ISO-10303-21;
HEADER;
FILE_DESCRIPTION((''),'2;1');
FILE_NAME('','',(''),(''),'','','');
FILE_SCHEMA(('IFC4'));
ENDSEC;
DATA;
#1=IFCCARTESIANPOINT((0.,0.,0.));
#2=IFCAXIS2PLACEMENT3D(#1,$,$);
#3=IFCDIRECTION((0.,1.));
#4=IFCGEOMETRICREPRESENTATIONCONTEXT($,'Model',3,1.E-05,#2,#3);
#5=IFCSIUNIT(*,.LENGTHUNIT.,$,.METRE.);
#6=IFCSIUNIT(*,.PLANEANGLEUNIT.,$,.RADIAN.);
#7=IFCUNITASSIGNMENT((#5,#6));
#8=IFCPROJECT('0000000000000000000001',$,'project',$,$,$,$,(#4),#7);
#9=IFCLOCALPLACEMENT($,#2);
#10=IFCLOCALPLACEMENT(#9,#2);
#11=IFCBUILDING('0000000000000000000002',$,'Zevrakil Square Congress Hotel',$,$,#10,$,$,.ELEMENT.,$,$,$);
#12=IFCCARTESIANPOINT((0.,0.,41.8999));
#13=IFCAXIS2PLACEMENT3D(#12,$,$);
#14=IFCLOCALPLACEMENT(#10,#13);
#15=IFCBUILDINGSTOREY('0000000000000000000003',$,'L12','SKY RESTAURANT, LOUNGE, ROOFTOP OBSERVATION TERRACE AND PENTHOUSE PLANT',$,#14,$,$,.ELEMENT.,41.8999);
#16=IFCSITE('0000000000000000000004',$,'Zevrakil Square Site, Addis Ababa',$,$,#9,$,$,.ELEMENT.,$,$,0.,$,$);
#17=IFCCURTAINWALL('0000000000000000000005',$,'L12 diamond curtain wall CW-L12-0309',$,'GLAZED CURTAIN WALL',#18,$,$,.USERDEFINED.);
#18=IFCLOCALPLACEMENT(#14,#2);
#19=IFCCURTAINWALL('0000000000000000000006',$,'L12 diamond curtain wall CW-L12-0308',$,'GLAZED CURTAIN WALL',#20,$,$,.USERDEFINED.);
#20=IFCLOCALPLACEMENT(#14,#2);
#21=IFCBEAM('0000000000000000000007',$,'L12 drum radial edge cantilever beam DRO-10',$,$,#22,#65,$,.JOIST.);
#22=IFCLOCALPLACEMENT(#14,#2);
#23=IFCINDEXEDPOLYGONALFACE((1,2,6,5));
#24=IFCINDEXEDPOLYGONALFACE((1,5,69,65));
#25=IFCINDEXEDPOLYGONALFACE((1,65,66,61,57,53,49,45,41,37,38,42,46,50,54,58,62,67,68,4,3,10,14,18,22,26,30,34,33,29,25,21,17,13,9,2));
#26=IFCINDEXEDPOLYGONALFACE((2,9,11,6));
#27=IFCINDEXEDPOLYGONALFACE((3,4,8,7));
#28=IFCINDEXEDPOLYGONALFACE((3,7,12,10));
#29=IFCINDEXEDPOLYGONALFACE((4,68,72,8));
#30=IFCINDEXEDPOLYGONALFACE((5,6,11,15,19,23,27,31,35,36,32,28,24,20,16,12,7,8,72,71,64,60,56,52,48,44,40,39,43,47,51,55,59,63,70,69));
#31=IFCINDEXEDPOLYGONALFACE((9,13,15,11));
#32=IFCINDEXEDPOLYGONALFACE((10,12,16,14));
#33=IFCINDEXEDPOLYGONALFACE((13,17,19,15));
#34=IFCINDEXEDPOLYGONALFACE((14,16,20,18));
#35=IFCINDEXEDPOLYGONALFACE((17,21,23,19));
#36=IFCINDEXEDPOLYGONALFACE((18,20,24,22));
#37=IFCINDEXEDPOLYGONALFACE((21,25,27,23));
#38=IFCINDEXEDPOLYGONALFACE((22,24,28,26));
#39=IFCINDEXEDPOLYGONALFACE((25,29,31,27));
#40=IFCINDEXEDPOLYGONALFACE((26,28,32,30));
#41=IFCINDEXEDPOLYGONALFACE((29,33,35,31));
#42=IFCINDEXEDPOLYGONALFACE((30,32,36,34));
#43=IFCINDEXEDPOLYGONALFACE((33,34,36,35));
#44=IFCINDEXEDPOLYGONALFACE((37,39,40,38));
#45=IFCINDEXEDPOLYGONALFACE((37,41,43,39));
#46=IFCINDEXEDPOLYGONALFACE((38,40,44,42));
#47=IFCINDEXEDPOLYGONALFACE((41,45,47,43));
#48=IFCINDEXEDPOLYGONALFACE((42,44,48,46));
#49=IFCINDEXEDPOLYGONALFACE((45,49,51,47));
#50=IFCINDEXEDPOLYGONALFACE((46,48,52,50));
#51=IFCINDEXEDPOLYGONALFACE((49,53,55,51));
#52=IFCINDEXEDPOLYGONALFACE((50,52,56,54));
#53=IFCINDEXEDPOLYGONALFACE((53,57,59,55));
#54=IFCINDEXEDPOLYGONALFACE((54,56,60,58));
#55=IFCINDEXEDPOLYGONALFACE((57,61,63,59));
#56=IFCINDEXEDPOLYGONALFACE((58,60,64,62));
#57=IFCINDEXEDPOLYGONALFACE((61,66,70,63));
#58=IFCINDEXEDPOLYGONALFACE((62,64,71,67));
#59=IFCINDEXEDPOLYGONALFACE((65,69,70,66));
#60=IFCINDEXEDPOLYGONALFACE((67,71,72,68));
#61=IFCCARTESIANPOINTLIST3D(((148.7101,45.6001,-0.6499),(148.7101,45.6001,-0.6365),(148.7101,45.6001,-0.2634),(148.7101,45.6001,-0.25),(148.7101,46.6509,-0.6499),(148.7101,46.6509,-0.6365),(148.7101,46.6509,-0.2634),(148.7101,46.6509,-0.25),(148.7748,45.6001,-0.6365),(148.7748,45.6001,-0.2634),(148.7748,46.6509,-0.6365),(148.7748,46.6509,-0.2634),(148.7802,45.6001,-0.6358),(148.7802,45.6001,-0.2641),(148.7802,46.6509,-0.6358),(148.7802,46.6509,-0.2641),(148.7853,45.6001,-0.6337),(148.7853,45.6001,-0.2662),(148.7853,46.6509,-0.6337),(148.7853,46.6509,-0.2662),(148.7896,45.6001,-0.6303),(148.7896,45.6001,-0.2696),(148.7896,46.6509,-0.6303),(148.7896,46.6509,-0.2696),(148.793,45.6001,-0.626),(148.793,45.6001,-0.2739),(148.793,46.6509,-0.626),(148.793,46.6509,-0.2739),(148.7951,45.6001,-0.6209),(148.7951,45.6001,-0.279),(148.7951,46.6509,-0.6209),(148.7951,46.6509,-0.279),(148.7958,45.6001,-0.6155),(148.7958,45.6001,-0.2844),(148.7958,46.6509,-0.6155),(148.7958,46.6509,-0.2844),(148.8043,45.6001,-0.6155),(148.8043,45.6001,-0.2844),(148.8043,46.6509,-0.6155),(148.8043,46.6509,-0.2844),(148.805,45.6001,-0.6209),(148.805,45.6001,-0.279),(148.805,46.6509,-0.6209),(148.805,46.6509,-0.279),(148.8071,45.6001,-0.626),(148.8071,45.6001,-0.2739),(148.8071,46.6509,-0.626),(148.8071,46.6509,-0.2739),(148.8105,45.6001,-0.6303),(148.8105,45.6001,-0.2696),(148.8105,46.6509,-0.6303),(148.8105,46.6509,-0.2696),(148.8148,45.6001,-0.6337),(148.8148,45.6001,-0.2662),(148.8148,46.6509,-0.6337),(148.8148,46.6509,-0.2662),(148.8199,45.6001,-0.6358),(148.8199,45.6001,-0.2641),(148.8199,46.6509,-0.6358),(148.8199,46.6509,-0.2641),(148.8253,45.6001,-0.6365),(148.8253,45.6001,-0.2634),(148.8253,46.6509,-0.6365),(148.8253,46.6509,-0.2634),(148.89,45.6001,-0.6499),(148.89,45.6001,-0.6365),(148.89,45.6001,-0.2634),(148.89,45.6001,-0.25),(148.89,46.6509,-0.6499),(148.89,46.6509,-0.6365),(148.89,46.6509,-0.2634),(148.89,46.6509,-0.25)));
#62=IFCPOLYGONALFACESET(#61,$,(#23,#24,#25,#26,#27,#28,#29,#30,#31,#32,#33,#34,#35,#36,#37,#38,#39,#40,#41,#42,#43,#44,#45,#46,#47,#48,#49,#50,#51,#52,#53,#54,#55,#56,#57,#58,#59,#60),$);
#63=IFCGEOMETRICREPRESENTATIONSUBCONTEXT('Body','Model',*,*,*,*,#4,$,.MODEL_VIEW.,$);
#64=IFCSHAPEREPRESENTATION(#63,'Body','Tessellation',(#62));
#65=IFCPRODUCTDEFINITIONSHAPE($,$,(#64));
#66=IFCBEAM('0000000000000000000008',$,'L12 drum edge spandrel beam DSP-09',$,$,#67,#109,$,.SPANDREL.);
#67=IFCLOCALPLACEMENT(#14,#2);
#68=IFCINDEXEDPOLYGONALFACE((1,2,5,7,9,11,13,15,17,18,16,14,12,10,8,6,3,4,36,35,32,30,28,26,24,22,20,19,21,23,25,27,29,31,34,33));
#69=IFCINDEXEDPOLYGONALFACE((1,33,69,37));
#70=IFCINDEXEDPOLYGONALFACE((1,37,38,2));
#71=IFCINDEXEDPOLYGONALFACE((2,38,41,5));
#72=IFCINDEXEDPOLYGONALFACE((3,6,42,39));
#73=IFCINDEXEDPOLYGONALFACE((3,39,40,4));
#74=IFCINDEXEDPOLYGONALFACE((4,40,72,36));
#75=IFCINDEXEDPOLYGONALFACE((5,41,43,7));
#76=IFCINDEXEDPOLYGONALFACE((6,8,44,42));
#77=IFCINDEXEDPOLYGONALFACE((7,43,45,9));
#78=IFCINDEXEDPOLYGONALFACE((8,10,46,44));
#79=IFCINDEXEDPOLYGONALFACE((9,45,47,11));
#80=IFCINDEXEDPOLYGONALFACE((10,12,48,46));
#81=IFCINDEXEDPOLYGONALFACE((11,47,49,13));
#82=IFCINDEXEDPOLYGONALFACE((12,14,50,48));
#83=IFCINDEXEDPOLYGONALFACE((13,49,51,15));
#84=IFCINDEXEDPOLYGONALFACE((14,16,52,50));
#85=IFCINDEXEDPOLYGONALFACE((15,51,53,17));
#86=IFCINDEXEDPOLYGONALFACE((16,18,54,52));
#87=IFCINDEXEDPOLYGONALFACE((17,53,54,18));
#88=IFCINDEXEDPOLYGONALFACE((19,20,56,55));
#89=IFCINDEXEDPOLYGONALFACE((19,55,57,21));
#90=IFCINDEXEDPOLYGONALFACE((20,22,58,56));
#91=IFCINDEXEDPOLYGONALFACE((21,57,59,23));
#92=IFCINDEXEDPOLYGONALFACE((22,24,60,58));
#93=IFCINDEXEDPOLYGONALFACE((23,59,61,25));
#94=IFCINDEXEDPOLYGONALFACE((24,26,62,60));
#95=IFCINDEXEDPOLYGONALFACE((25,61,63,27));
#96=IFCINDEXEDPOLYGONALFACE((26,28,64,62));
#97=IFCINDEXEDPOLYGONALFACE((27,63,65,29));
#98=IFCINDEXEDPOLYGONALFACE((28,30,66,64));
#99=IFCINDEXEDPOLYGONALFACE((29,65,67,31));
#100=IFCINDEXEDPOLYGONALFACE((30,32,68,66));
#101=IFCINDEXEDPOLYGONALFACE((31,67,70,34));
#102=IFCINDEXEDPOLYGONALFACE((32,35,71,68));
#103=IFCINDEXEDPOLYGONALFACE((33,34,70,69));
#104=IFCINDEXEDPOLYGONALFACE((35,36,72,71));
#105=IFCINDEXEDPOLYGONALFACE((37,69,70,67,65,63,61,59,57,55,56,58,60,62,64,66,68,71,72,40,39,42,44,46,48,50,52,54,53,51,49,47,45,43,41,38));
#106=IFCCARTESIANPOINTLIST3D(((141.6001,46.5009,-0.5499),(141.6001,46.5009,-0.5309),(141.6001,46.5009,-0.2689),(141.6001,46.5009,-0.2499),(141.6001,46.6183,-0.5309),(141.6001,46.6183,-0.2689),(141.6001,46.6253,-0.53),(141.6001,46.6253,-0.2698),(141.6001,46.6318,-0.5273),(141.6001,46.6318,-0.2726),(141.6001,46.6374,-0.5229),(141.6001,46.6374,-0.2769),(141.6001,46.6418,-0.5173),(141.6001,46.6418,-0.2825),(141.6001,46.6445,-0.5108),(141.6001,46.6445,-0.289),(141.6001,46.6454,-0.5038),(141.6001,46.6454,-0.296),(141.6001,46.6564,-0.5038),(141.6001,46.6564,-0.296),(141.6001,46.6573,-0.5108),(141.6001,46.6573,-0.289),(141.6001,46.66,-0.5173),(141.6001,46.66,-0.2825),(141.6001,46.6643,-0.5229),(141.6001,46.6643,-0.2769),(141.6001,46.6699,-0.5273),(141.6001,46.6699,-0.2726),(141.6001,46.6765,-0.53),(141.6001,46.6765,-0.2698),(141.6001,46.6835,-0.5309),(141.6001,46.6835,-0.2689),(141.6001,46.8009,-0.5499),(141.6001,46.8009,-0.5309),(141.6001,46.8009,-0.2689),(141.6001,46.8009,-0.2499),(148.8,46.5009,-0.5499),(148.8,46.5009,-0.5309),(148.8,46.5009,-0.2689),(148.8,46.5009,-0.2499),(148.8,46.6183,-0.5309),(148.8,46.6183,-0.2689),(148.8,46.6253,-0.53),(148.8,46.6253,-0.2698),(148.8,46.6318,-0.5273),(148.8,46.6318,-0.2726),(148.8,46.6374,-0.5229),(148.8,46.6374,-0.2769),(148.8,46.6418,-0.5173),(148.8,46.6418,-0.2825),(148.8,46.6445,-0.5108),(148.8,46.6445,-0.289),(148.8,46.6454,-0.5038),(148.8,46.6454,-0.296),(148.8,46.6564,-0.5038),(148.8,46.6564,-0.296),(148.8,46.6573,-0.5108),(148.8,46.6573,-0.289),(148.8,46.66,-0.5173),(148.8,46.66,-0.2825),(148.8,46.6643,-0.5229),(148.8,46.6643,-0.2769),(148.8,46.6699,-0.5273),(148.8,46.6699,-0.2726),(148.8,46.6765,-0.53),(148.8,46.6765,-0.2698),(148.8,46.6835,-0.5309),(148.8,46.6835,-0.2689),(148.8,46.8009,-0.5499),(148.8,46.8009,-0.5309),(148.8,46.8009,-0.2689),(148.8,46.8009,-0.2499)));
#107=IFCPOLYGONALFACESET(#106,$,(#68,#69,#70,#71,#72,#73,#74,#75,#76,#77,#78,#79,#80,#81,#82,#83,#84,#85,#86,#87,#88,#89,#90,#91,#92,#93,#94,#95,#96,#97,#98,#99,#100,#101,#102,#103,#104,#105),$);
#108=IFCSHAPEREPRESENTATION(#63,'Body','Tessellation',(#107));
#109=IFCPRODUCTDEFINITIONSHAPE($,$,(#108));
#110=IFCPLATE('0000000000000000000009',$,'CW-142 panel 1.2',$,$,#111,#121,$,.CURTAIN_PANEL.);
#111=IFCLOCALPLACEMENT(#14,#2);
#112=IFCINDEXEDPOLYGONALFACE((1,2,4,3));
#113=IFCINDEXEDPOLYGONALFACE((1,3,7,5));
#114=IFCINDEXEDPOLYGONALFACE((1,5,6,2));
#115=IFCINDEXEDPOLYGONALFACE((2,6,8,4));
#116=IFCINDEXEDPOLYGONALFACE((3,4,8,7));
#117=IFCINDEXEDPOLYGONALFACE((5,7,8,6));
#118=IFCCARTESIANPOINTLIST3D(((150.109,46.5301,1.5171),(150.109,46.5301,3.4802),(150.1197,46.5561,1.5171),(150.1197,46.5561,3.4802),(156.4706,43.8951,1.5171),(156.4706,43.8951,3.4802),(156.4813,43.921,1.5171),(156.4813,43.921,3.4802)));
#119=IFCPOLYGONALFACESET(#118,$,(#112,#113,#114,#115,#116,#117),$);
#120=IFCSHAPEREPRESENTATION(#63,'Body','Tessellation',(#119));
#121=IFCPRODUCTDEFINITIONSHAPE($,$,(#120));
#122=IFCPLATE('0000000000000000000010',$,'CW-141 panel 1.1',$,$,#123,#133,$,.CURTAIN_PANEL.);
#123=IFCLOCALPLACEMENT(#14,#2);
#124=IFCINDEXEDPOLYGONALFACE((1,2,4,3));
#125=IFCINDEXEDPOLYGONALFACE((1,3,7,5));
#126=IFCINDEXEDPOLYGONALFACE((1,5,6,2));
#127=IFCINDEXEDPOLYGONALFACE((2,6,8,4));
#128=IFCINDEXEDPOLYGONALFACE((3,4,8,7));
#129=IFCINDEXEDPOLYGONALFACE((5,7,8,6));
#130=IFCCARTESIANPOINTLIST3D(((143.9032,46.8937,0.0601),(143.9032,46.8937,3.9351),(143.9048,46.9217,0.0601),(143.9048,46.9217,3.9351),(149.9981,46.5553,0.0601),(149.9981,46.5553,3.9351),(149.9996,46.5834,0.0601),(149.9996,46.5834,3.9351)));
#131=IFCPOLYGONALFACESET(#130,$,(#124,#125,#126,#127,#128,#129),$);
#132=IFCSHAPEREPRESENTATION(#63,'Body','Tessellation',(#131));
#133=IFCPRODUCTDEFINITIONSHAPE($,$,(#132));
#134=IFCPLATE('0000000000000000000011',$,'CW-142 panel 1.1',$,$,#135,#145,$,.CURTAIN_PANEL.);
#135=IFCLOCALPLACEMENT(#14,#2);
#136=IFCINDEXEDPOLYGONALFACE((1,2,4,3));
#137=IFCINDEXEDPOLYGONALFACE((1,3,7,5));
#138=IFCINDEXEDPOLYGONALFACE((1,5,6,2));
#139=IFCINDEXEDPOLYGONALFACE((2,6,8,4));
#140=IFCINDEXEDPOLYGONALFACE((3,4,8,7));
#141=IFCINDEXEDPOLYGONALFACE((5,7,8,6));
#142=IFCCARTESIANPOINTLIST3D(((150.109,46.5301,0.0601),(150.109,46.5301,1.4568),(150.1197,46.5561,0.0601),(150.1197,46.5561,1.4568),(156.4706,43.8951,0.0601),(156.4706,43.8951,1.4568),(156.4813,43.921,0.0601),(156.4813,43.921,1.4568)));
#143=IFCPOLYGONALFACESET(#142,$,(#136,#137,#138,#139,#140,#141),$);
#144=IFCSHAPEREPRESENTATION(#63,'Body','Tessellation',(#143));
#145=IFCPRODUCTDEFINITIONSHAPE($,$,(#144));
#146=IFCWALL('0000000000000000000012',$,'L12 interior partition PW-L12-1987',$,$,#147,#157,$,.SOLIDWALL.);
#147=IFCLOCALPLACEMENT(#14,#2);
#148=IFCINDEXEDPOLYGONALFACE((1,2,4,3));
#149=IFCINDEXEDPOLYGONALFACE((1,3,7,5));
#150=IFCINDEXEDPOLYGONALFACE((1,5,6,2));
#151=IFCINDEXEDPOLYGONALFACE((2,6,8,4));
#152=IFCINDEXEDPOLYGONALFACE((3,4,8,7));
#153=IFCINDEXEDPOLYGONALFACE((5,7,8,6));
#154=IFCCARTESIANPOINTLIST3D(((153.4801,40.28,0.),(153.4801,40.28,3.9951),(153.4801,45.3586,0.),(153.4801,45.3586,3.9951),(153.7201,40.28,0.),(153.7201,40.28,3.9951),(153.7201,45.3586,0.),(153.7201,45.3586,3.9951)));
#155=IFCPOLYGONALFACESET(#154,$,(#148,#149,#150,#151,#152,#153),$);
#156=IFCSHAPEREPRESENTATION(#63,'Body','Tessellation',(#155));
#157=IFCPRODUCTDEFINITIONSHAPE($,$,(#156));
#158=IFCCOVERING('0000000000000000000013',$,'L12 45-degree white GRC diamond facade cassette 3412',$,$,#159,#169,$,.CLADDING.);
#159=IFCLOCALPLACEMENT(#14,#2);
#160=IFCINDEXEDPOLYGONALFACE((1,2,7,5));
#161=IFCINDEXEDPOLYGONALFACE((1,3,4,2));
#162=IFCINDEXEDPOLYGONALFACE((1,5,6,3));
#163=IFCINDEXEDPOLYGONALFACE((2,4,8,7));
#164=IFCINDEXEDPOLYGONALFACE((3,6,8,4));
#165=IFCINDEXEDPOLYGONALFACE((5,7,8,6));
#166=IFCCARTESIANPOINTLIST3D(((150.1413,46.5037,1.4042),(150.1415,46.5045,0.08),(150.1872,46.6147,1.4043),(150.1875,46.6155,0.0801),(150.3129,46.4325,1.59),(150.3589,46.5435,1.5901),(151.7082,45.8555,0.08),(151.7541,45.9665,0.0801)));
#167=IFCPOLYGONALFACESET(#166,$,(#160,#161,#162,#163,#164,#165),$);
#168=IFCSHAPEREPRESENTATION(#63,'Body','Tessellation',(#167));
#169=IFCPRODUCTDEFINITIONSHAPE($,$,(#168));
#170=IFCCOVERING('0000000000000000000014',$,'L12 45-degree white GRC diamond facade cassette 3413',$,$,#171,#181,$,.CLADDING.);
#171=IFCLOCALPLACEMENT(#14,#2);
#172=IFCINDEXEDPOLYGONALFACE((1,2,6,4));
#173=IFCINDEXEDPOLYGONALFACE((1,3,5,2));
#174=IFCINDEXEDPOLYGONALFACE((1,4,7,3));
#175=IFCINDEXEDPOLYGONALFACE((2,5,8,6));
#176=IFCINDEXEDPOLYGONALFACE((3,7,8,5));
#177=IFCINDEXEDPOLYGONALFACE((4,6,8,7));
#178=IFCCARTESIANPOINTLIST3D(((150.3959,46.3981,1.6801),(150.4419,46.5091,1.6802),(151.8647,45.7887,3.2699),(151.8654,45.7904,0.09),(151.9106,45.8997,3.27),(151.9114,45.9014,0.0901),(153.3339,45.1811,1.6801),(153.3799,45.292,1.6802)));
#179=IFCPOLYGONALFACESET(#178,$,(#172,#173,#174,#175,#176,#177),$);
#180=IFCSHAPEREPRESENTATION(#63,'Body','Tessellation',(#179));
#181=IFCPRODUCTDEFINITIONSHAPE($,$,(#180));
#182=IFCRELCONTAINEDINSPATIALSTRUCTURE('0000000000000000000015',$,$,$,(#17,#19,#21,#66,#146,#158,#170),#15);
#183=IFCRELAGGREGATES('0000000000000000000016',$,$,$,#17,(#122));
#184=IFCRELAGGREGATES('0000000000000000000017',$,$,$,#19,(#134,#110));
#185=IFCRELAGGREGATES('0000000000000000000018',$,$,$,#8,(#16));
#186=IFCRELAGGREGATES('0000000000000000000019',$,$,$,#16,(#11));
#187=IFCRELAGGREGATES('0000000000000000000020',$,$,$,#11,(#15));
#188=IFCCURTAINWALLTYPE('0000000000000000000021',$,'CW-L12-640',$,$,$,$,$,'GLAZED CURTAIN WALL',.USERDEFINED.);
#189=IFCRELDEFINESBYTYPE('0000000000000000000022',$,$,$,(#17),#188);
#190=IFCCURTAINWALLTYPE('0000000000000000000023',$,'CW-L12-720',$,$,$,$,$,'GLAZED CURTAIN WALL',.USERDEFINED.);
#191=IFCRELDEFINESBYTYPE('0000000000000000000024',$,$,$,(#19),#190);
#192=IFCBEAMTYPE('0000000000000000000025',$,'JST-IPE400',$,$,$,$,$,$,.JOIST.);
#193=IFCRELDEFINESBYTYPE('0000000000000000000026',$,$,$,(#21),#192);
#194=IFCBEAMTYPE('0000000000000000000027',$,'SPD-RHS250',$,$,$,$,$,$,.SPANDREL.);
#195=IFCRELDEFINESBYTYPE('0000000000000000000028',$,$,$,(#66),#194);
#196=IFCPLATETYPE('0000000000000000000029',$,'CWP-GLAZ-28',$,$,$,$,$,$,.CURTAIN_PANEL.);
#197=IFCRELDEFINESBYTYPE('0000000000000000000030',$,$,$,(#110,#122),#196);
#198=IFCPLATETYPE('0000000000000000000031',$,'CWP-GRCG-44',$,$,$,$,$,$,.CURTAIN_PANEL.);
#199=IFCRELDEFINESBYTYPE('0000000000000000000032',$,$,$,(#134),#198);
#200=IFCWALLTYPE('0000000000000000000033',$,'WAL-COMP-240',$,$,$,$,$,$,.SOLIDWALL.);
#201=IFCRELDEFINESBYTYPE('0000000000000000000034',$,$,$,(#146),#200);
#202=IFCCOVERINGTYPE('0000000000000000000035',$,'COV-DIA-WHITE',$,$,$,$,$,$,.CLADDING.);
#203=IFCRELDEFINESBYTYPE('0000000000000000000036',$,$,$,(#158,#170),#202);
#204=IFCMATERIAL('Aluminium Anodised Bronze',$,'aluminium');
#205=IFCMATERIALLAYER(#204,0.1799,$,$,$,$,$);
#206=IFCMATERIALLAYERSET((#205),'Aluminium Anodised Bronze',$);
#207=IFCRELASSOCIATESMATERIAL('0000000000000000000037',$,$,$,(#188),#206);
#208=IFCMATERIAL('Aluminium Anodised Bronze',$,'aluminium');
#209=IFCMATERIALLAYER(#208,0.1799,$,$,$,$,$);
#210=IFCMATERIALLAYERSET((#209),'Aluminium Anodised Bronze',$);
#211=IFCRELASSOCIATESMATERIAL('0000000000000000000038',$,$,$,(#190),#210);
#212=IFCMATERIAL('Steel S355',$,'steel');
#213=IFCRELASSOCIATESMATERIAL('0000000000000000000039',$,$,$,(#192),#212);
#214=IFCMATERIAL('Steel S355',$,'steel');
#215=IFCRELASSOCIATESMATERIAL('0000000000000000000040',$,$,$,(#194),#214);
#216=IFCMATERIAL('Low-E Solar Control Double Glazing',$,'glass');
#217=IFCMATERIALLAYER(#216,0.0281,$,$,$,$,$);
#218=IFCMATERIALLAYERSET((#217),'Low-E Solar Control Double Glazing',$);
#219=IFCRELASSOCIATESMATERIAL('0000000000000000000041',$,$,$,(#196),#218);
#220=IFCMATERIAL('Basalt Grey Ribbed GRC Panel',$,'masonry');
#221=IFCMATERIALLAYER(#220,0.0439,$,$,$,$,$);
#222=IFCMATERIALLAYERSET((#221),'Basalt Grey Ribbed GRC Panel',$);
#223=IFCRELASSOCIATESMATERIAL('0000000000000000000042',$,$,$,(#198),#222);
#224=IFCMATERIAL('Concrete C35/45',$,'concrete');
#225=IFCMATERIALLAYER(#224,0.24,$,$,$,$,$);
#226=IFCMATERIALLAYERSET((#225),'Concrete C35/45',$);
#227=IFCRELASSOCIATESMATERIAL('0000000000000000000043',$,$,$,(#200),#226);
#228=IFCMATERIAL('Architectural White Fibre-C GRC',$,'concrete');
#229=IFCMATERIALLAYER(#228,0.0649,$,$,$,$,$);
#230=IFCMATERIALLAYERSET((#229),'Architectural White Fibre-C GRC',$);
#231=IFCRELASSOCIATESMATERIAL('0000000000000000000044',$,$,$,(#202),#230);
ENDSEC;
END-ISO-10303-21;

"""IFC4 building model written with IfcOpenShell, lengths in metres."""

from ifc_helpers import new_model, si_unit, direction, frame, frame_2d, origin, origin_2d, place, context, subcontext, project, spatial, polyline, rectangle, i_section, outline, extrude, material, layer, layer_set, material_profile, profile_set, type_object, element, aggregate, save


model = new_model("IFC4")

# Units and contexts
model_context = context("Model", 3, precision=1e-05, world=origin(), true_north=direction((0.0, 1.0)))
body_context = subcontext(model_context, "Body", "Model", "MODEL_VIEW")
ifc_project = project(units=[si_unit("LENGTHUNIT", "METRE"), si_unit("PLANEANGLEUNIT", "RADIAN")], contexts=[model_context])

# Site, building, storey
site_placement = place(None, origin())
site = spatial("IfcSite", under=ifc_project, at=site_placement, Name="Zevrakil Square Site, Addis Ababa", CompositionType="ELEMENT", RefElevation=0.0)
building_placement = place(site_placement, origin())
building = spatial("IfcBuilding", under=site, at=building_placement, Name="Zevrakil Square Congress Hotel", CompositionType="ELEMENT")
storey_placement = place(building_placement, frame((0.0, 0.0, 41.8999)))
storey = spatial("IfcBuildingStorey", under=building, at=storey_placement, Name="L12", Description="SKY RESTAURANT, LOUNGE, ROOFTOP OBSERVATION TERRACE AND PENTHOUSE PLANT", CompositionType="ELEMENT", Elevation=41.8999)

# Curtain wall
ifc_material_1 = material(Name="Aluminium Anodised Bronze", Category="aluminium")
ifc_layer_1 = layer(ifc_material_1, 0.1799)
ifc_layer_set_1 = layer_set([ifc_layer_1], Name="Aluminium Anodised Bronze")
curtain_wall_type_1 = type_object("IfcCurtainWallType", Name="CW-L12-640", ElementType="GLAZED CURTAIN WALL", PredefinedType="USERDEFINED", material=ifc_layer_set_1)
curtain_wall_1_placement = place(storey_placement, origin())
curtain_wall_1 = element("IfcCurtainWall", 1, at=curtain_wall_1_placement, inside=storey, type_object=curtain_wall_type_1, Name="L12 diamond curtain wall CW-L12-0309", ObjectType="GLAZED CURTAIN WALL", PredefinedType="USERDEFINED")

# Curtain wall
ifc_material_2 = material(Name="Aluminium Anodised Bronze", Category="aluminium")
ifc_layer_2 = layer(ifc_material_2, 0.1799)
ifc_layer_set_2 = layer_set([ifc_layer_2], Name="Aluminium Anodised Bronze")
curtain_wall_type_2 = type_object("IfcCurtainWallType", Name="CW-L12-720", ElementType="GLAZED CURTAIN WALL", PredefinedType="USERDEFINED", material=ifc_layer_set_2)
curtain_wall_2_placement = place(storey_placement, origin())
curtain_wall_2 = element("IfcCurtainWall", 2, at=curtain_wall_2_placement, inside=storey, type_object=curtain_wall_type_2, Name="L12 diamond curtain wall CW-L12-0308", ObjectType="GLAZED CURTAIN WALL", PredefinedType="USERDEFINED")

# Beams
ifc_material_3 = material(Name="Steel S355", Category="steel")
ifc_material_profile_1 = material_profile(ifc_material_3, i_section(OverallWidth=0.1799, OverallDepth=0.3999, WebThickness=0.0085, FlangeThickness=0.0134, FilletRadius=0.021, at=origin_2d()), Name="IPE 400")
ifc_profile_set_1 = profile_set([ifc_material_profile_1], Name="Steel S355")
beam_type_1 = type_object("IfcBeamType", Name="JST-IPE400", PredefinedType="JOIST", material=ifc_profile_set_1)
beam_1_placement = place(storey_placement, frame((148.8, 45.6001, -0.45), z_axis=(0.0, 1.0, 0.0), x_axis=(-1.0, 0.0, 0.0)))
element("IfcBeam", 3, at=beam_1_placement, inside=storey, type_object=beam_type_1, Name="L12 drum radial edge cantilever beam DRO-10", PredefinedType="JOIST", context=body_context, shape_type="SweptSolid", body=[
    extrude(i_section(OverallWidth=0.1799, OverallDepth=0.3999, WebThickness=0.0085, FlangeThickness=0.0134, FilletRadius=0.021, at=origin_2d()), origin(), (0.0, 0.0, 1.0), 1.0508),
])
ifc_material_4 = material(Name="Steel S355", Category="steel")
ifc_material_profile_2 = material_profile(ifc_material_4, i_section(OverallWidth=0.3, OverallDepth=0.3, WebThickness=0.011, FlangeThickness=0.019, FilletRadius=0.0271, at=origin_2d()), Name="HEB 300")
ifc_profile_set_2 = profile_set([ifc_material_profile_2], Name="Steel S355")
beam_type_2 = type_object("IfcBeamType", Name="SPD-RHS250", PredefinedType="SPANDREL", material=ifc_profile_set_2)
beam_2_placement = place(storey_placement, frame((148.8, 46.6509, -0.3999), z_axis=(-1.0, 0.0, 0.0), x_axis=(0.0, -1.0, 0.0)))
element("IfcBeam", 4, at=beam_2_placement, inside=storey, type_object=beam_type_2, Name="L12 drum edge spandrel beam DSP-09", PredefinedType="SPANDREL", context=body_context, shape_type="SweptSolid", body=[
    extrude(i_section(OverallWidth=0.3, OverallDepth=0.3, WebThickness=0.011, FlangeThickness=0.019, FilletRadius=0.0271, at=origin_2d()), origin(), (0.0, 0.0, 1.0), 7.2),
])

# Plates
ifc_material_5 = material(Name="Low-E Solar Control Double Glazing", Category="glass")
ifc_layer_3 = layer(ifc_material_5, 0.0281)
ifc_layer_set_3 = layer_set([ifc_layer_3], Name="Low-E Solar Control Double Glazing")
plate_type_1 = type_object("IfcPlateType", Name="CWP-GLAZ-28", PredefinedType="CURTAIN_PANEL", material=ifc_layer_set_3)
plate_1_placement = place(storey_placement, frame((153.2952, 45.2256, 1.5171), z_axis=(0.0, 0.0, 1.0), x_axis=(-0.923879, 0.382684, 0.0)))
plate_1 = element("IfcPlate", 5, at=plate_1_placement, type_object=plate_type_1, Name="CW-142 panel 1.2", PredefinedType="CURTAIN_PANEL", context=body_context, shape_type="SweptSolid", body=[
    extrude(rectangle(XDim=6.8857, YDim=0.0281, at=origin_2d()), origin(), (0.0, 0.0, 1.0), 1.9631),
])
plate_2_placement = place(storey_placement, frame((146.9514, 46.7385, 0.0601), z_axis=(0.0, 0.0, 1.0), x_axis=(-0.998463, 0.055427, 0.0)))
plate_2 = element("IfcPlate", 6, at=plate_2_placement, type_object=plate_type_1, Name="CW-141 panel 1.1", PredefinedType="CURTAIN_PANEL", context=body_context, shape_type="SweptSolid", body=[
    extrude(rectangle(XDim=6.1042, YDim=0.0281, at=origin_2d()), origin(), (0.0, 0.0, 1.0), 3.875),
])
aggregate(curtain_wall_1, [plate_2])
ifc_material_6 = material(Name="Basalt Grey Ribbed GRC Panel", Category="masonry")
ifc_layer_4 = layer(ifc_material_6, 0.0439)
ifc_layer_set_4 = layer_set([ifc_layer_4], Name="Basalt Grey Ribbed GRC Panel")
plate_type_2 = type_object("IfcPlateType", Name="CWP-GRCG-44", PredefinedType="CURTAIN_PANEL", material=ifc_layer_set_4)
plate_3_placement = place(storey_placement, frame((153.2952, 45.2256, 0.0601), z_axis=(0.0, 0.0, 1.0), x_axis=(-0.923879, 0.382684, 0.0)))
plate_3 = element("IfcPlate", 7, at=plate_3_placement, type_object=plate_type_2, Name="CW-142 panel 1.1", PredefinedType="CURTAIN_PANEL", context=body_context, shape_type="SweptSolid", body=[
    extrude(rectangle(XDim=6.8857, YDim=0.0281, at=origin_2d()), origin(), (0.0, 0.0, 1.0), 1.3967),
])
aggregate(curtain_wall_2, [plate_3, plate_1])

# Wall
ifc_material_7 = material(Name="Concrete C35/45", Category="concrete")
ifc_layer_5 = layer(ifc_material_7, 0.24)
ifc_layer_set_5 = layer_set([ifc_layer_5], Name="Concrete C35/45")
wall_type = type_object("IfcWallType", Name="WAL-COMP-240", PredefinedType="SOLIDWALL", material=ifc_layer_set_5)
wall_placement = place(storey_placement, frame((153.6001, 40.28, 0.0), z_axis=(0.0, 0.0, 1.0), x_axis=(0.0, 1.0, 0.0)))
element("IfcWall", 8, at=wall_placement, inside=storey, type_object=wall_type, Name="L12 interior partition PW-L12-1987", PredefinedType="SOLIDWALL", context=body_context, shape_type="SweptSolid", body=[
    extrude(rectangle(XDim=5.0786, YDim=0.24, at=frame_2d((2.5393, 0.0))), origin(), (0.0, 0.0, 1.0), 3.9951),
])

# Coverings
ifc_material_8 = material(Name="Architectural White Fibre-C GRC", Category="concrete")
ifc_layer_6 = layer(ifc_material_8, 0.0649)
ifc_layer_set_6 = layer_set([ifc_layer_6], Name="Architectural White Fibre-C GRC")
covering_type_1 = type_object("IfcCoveringType", Name="COV-DIA-WHITE", PredefinedType="CLADDING", material=ifc_layer_set_6)
covering_1_placement = place(storey_placement, frame((150.3589, 46.5435, 1.5901), z_axis=(0.382715, 0.923866, 0.000626), x_axis=(-0.653202, 0.27107, -0.707)))
element("IfcCovering", 9, at=covering_1_placement, inside=storey, type_object=covering_type_1, Name="L12 45-degree white GRC diamond facade cassette 3412", PredefinedType="CLADDING", context=body_context, shape_type="SweptSolid", body=[
    extrude(outline(polyline([(0.0, 0.0), (0.2628, 0.0), (1.199, -0.9365), (-0.0002, -2.1353), (0.0, 0.0)])), origin(), (0.0, 0.0, -1.0), 0.1201),
])
covering_2_placement = place(storey_placement, frame((151.9106, 45.8997, 3.27), z_axis=(0.382707, 0.92387, 0.000585), x_axis=(-0.653178, 0.271022, -0.70704)))
element("IfcCovering", 10, at=covering_2_placement, inside=storey, type_object=covering_type_1, Name="L12 45-degree white GRC diamond facade cassette 3413", PredefinedType="CLADDING", context=body_context, shape_type="SweptSolid", body=[
    extrude(outline(polyline([(0.0, 0.0), (2.2486, 0.0), (2.2483, -2.2488), (-0.0003, -2.2484), (0.0, 0.0)])), origin(), (0.0, 0.0, -1.0), 0.1201),
])

save(model, "model.ifc")
